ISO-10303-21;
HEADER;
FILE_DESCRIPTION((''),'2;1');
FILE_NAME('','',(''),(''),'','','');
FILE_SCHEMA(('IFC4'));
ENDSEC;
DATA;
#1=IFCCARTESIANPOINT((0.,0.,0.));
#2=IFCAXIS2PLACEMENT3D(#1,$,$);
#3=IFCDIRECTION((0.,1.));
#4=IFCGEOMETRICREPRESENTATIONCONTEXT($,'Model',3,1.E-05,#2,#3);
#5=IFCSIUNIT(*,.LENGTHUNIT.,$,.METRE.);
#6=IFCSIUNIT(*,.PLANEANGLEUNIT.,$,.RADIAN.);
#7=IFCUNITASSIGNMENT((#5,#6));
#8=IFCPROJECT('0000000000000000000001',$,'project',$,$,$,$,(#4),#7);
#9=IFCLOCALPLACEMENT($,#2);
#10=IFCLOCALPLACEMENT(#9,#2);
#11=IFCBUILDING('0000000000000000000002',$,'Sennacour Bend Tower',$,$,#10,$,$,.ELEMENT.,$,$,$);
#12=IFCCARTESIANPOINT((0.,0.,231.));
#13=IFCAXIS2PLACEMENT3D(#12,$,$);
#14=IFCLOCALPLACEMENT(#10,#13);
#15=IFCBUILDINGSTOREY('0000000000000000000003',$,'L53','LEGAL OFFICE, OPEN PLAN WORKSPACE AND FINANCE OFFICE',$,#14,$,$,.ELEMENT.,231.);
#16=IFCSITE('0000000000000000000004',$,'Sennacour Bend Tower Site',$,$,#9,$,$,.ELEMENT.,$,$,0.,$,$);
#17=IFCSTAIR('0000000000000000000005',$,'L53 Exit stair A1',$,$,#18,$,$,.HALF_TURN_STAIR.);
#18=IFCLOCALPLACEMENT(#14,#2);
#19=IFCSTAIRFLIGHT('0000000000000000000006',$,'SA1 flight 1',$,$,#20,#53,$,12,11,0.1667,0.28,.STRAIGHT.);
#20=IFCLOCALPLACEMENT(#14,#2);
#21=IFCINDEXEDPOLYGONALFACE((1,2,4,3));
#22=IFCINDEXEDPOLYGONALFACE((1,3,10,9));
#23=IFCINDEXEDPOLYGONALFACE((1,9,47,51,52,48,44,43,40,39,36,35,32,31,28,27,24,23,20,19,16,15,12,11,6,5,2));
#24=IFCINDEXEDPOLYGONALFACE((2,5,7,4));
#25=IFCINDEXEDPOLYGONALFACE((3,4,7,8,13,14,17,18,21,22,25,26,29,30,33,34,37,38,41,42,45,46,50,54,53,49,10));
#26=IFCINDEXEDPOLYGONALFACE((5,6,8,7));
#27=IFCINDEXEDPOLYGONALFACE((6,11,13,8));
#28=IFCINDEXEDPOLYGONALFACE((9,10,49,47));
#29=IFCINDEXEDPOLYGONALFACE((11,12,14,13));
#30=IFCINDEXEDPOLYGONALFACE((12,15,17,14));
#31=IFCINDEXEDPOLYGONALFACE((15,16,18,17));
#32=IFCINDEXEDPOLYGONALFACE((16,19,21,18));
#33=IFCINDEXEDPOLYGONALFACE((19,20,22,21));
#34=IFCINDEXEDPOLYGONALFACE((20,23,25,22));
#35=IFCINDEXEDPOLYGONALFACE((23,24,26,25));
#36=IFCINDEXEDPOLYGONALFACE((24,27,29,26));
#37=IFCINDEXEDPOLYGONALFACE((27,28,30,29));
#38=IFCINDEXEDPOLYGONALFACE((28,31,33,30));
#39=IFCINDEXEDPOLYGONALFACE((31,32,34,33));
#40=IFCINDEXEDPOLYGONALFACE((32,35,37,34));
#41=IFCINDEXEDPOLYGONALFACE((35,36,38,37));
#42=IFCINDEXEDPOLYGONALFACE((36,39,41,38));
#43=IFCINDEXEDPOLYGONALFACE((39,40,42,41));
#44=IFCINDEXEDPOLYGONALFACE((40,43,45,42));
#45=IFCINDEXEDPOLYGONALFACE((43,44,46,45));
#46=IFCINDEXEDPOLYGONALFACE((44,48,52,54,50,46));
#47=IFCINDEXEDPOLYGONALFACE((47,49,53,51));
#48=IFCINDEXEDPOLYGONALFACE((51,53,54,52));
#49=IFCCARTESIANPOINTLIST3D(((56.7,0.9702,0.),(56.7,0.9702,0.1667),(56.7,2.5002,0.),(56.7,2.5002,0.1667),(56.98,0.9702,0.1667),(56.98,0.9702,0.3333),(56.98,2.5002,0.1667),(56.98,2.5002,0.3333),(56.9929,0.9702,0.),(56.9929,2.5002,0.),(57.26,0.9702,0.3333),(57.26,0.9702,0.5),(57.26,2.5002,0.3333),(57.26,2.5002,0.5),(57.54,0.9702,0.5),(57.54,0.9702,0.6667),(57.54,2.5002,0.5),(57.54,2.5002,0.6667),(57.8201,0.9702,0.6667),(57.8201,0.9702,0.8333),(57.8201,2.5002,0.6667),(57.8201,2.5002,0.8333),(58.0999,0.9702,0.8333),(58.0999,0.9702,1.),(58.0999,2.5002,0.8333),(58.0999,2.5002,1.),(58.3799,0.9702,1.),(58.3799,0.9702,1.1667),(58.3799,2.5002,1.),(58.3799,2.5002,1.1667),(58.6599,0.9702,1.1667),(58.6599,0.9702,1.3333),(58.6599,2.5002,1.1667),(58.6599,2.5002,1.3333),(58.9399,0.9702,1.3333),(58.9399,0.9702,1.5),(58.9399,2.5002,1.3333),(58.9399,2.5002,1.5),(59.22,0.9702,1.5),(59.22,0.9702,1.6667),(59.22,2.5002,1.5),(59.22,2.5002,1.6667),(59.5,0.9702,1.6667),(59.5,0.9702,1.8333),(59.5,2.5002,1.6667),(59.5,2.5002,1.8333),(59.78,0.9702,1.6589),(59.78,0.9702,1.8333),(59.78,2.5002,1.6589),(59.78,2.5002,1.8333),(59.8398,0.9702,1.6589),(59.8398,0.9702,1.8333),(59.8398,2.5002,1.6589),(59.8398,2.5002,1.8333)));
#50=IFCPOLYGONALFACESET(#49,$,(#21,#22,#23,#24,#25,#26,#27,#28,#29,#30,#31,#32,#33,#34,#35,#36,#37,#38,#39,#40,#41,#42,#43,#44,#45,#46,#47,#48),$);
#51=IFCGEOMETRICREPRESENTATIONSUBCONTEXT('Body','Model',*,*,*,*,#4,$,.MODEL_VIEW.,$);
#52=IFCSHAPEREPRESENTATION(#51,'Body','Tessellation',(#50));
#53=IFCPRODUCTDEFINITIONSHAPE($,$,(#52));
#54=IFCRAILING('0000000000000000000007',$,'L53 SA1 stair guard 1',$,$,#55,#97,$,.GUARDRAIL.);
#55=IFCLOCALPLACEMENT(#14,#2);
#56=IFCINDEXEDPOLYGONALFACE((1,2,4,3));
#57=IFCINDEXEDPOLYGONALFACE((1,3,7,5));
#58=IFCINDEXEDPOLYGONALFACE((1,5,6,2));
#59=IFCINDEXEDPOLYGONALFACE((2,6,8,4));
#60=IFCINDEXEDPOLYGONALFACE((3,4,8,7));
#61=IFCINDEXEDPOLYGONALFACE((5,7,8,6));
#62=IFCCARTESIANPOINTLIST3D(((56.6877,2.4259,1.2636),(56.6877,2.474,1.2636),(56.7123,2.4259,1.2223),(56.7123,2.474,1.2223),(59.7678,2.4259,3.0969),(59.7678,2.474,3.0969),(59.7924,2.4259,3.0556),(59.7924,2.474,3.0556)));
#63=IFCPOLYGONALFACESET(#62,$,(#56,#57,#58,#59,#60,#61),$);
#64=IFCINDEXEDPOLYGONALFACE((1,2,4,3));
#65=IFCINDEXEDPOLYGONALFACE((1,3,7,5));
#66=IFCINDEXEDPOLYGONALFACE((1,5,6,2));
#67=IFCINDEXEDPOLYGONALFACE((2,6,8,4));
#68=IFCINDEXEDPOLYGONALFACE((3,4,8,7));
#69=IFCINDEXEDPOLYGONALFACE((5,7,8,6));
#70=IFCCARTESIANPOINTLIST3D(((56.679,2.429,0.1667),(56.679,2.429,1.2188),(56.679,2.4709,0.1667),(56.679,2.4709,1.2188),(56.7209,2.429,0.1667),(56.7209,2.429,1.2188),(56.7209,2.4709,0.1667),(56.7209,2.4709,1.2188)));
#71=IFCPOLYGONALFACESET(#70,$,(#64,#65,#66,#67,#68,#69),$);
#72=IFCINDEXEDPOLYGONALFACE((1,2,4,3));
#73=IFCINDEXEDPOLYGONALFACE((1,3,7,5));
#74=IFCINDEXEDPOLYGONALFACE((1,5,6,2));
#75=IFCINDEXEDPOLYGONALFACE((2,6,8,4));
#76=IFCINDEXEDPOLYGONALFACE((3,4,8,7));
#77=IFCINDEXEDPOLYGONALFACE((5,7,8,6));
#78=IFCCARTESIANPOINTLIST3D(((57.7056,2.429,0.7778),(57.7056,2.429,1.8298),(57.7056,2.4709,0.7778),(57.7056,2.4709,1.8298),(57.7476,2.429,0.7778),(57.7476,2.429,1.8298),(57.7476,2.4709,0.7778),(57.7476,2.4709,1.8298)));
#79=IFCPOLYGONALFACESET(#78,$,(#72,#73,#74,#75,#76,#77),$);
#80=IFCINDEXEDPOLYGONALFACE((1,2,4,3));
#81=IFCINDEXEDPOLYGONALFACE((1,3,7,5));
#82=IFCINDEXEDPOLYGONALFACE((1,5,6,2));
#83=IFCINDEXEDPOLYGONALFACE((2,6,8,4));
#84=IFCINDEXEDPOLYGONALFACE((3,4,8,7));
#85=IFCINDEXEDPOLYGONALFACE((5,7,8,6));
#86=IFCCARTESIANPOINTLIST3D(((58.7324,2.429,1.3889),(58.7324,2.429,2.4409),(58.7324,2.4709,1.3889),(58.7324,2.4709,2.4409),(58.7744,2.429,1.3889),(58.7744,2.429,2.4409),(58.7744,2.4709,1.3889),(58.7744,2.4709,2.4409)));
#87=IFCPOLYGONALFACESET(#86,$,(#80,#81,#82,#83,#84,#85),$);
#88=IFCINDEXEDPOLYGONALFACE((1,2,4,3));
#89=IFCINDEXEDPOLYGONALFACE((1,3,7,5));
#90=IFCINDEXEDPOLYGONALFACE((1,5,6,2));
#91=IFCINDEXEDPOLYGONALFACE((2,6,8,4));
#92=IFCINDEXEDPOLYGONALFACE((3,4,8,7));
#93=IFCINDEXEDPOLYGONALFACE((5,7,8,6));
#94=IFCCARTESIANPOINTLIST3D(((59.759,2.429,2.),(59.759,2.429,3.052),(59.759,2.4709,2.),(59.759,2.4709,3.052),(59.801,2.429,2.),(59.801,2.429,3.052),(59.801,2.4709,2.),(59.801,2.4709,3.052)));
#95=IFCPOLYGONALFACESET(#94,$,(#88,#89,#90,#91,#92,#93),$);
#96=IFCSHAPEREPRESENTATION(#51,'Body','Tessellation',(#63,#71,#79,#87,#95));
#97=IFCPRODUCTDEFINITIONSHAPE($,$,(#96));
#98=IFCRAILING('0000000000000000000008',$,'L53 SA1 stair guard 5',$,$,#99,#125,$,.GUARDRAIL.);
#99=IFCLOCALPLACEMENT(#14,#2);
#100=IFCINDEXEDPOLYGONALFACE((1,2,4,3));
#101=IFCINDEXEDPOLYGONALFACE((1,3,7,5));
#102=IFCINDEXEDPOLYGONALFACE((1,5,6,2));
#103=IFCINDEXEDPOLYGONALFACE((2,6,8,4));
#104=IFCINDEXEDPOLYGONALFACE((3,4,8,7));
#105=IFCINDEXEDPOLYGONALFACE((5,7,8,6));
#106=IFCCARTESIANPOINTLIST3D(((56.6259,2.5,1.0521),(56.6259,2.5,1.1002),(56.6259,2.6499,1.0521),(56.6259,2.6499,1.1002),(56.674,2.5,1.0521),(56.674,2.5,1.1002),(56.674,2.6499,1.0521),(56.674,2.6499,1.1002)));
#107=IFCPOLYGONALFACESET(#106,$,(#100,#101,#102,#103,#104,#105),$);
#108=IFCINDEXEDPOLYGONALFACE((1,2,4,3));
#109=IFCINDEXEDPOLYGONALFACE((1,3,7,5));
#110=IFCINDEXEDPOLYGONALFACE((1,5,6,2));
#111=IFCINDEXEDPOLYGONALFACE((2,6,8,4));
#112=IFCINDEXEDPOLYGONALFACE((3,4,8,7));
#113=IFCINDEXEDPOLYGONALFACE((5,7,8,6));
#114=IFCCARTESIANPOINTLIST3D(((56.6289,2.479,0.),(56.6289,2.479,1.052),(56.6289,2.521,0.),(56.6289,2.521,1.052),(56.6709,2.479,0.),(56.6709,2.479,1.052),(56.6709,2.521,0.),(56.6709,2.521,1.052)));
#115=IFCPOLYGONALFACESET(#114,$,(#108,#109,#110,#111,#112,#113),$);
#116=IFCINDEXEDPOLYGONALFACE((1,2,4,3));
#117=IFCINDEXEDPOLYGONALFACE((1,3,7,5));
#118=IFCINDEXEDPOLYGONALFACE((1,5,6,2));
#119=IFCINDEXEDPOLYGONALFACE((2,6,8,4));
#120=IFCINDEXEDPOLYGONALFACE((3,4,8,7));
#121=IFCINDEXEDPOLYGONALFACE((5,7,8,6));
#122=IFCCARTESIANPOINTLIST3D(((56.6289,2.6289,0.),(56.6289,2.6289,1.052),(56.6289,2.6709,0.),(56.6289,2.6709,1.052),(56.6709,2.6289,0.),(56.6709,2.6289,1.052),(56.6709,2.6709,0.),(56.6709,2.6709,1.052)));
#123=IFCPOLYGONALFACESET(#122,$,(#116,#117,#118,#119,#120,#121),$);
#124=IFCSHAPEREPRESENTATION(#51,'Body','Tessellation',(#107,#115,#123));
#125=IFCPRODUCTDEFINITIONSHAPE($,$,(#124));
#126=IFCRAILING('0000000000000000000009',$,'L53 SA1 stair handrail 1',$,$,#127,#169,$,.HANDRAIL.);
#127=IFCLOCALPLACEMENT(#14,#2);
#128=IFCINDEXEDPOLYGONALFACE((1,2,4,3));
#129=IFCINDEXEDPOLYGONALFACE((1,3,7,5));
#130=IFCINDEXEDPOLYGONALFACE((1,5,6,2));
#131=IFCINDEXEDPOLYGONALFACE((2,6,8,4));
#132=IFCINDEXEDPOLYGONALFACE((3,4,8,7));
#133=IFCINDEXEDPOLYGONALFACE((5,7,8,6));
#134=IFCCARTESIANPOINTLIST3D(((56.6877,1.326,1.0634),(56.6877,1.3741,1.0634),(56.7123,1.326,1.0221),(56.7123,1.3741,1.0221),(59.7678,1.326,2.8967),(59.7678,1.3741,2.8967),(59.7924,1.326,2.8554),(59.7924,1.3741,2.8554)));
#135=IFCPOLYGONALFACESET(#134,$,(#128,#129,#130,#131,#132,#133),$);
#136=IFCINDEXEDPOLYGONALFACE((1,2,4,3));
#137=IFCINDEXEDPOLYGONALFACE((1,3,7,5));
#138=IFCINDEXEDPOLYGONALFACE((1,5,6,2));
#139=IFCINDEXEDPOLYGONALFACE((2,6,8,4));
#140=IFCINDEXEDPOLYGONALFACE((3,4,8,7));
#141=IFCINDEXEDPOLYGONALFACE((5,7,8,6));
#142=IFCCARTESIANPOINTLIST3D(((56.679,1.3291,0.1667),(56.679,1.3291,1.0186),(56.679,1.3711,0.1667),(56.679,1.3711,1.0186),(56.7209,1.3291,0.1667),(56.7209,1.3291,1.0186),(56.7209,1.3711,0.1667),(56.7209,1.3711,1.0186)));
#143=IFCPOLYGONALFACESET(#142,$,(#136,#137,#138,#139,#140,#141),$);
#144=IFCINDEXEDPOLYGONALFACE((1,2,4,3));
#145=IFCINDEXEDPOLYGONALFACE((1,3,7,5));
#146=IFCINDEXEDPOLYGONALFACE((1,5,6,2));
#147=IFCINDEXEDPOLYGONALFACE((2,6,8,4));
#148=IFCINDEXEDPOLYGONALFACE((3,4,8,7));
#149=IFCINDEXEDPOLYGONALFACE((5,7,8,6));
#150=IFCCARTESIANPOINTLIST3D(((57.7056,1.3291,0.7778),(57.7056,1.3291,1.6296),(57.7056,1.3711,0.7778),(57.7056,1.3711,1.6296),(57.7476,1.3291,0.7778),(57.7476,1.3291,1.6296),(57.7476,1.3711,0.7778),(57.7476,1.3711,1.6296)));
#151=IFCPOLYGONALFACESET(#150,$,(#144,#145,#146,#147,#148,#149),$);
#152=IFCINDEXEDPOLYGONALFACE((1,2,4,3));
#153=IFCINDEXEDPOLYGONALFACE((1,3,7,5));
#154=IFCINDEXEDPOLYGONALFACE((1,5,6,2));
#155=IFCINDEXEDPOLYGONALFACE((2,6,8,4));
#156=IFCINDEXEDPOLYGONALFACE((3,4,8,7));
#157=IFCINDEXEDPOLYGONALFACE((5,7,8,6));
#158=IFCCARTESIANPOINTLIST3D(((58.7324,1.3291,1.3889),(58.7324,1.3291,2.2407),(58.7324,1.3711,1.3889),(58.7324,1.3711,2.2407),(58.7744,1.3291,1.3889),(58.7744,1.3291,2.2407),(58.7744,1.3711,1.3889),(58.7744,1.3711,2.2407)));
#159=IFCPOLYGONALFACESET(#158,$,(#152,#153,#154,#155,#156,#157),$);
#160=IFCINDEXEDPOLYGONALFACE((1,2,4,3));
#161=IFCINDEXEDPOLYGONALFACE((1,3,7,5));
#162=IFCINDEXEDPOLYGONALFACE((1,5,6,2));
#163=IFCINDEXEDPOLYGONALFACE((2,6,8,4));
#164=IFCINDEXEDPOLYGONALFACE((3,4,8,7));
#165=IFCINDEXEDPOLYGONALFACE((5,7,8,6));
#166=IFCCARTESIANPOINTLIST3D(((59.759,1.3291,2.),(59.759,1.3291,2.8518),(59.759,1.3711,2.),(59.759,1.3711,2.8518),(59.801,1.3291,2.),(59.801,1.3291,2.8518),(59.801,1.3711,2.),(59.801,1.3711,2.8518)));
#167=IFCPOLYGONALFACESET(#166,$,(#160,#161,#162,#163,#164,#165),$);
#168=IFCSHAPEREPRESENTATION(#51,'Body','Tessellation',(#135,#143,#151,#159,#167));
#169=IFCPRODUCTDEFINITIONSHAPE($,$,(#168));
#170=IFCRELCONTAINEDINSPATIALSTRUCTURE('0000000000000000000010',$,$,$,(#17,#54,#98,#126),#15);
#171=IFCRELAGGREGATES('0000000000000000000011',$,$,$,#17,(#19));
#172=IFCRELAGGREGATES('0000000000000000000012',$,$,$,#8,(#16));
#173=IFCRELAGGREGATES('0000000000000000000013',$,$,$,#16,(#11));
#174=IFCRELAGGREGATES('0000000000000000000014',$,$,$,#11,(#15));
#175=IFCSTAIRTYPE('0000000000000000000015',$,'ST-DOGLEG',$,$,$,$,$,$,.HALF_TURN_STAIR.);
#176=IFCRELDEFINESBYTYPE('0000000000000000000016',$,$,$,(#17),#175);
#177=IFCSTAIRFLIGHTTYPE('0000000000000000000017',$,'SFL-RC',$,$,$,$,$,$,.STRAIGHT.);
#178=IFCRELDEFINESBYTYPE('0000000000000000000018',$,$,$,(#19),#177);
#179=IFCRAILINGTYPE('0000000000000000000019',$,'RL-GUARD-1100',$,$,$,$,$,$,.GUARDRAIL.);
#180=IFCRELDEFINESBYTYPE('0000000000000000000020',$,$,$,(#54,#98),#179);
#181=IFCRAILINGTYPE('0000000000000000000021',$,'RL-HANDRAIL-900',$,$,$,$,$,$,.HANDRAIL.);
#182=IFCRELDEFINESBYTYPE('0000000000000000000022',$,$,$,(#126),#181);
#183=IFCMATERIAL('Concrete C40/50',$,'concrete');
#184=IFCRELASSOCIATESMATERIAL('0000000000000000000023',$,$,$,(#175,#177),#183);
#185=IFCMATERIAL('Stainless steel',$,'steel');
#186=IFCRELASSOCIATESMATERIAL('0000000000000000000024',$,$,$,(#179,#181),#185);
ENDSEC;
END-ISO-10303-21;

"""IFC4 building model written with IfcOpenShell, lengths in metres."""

from ifc_helpers import new_model, si_unit, direction, frame, origin, origin_2d, place, context, subcontext, project, spatial, polyline, rectangle, outline, extrude, material, type_object, element, aggregate, save


model = new_model("IFC4")

# Units and contexts
model_context = context("Model", 3, precision=1e-05, world=origin(), true_north=direction((0.0, 1.0)))
body_context = subcontext(model_context, "Body", "Model", "MODEL_VIEW")
ifc_project = project(units=[si_unit("LENGTHUNIT", "METRE"), si_unit("PLANEANGLEUNIT", "RADIAN")], contexts=[model_context])

# Site, building, storey
site_placement = place(None, origin())
site = spatial("IfcSite", under=ifc_project, at=site_placement, Name="Sennacour Bend Tower Site", CompositionType="ELEMENT", RefElevation=0.0)
building_placement = place(site_placement, origin())
building = spatial("IfcBuilding", under=site, at=building_placement, Name="Sennacour Bend Tower", CompositionType="ELEMENT")
storey_placement = place(building_placement, frame((0.0, 0.0, 231.0)))
storey = spatial("IfcBuildingStorey", under=building, at=storey_placement, Name="L53", Description="LEGAL OFFICE, OPEN PLAN WORKSPACE AND FINANCE OFFICE", CompositionType="ELEMENT", Elevation=231.0)

# Stair, stair flight
ifc_material_1 = material(Name="Concrete C40/50", Category="concrete")
stair_type = type_object("IfcStairType", Name="ST-DOGLEG", PredefinedType="HALF_TURN_STAIR", material=ifc_material_1)
stair_placement = place(storey_placement, origin())
stair = element("IfcStair", 1, at=stair_placement, inside=storey, type_object=stair_type, Name="L53 Exit stair A1", PredefinedType="HALF_TURN_STAIR")
stair_flight_type = type_object("IfcStairFlightType", Name="SFL-RC", PredefinedType="STRAIGHT", material=ifc_material_1)
stair_flight_placement = place(storey_placement, frame((56.7, 1.7351, 0.0), z_axis=(0.0, 0.0, 1.0), x_axis=(1.0, 0.0, 0.0)))
stair_flight = element("IfcStairFlight", 2, at=stair_flight_placement, type_object=stair_flight_type, Name="SA1 flight 1", NumberOfRisers=12, NumberOfTreads=11, PredefinedType="STRAIGHT", RiserHeight=0.1667, TreadLength=0.28, context=body_context, shape_type="SweptSolid", body=[
    extrude(outline(polyline([(0.0, 0.0), (0.0, 0.1667), (0.28, 0.1667), (0.28, 0.3333), (0.5601, 0.3333), (0.5601, 0.5), (0.8401, 0.5), (0.8401, 0.6667), (1.1201, 0.6667), (1.1201, 0.8333), (1.3999, 0.8333), (1.3999, 1.0), (1.6799, 1.0), (1.6799, 1.1667), (1.96, 1.1667), (1.96, 1.3333), (2.24, 1.3333), (2.24, 1.5), (2.52, 1.5), (2.52, 1.6667), (2.8, 1.6667), (2.8, 1.8333), (3.0801, 1.8333), (3.1399, 1.8333), (3.1399, 1.6589), (3.0801, 1.6589), (0.293, 0.0), (0.0, 0.0)])), frame((0.0, 0.7651, 0.0), z_axis=(0.0, -1.0, 0.0), x_axis=(1.0, 0.0, 0.0)), (0.0, 0.0, 1.0), 1.53),
])
aggregate(stair, [stair_flight])

# Railings
ifc_material_2 = material(Name="Stainless steel", Category="steel")
railing_type_1 = type_object("IfcRailingType", Name="RL-GUARD-1100", PredefinedType="GUARDRAIL", material=ifc_material_2)
railing_1_placement = place(storey_placement, frame((56.7, 2.45, 0.1667)))
element("IfcRailing", 3, at=railing_1_placement, inside=storey, type_object=railing_type_1, Name="L53 SA1 stair guard 1", PredefinedType="GUARDRAIL", context=body_context, shape_type="SweptSolid", body=[
    extrude(rectangle(XDim=0.0481, YDim=0.0481, at=origin_2d()), frame((0.0, 0.0, 1.0762), z_axis=(0.859309, 0.0, 0.511458), x_axis=(0.0, 1.0, 0.0)), (0.0, 0.0, 1.0), 3.5845),
    extrude(rectangle(XDim=0.042, YDim=0.042, at=origin_2d()), origin(), (0.0, 0.0, 1.0), 1.052),
    extrude(rectangle(XDim=0.042, YDim=0.042, at=origin_2d()), frame((1.0266, 0.0, 0.6111)), (0.0, 0.0, 1.0), 1.052),
    extrude(rectangle(XDim=0.042, YDim=0.042, at=origin_2d()), frame((2.0535, 0.0, 1.2222)), (0.0, 0.0, 1.0), 1.052),
    extrude(rectangle(XDim=0.042, YDim=0.042, at=origin_2d()), frame((3.0801, 0.0, 1.8333)), (0.0, 0.0, 1.0), 1.052),
])
railing_2_placement = place(storey_placement, frame((56.6499, 2.5, 0.0)))
element("IfcRailing", 4, at=railing_2_placement, inside=storey, type_object=railing_type_1, Name="L53 SA1 stair guard 5", PredefinedType="GUARDRAIL", context=body_context, shape_type="SweptSolid", body=[
    extrude(rectangle(XDim=0.0481, YDim=0.0481, at=origin_2d()), frame((0.0, 0.0, 1.0762), z_axis=(0.0, 1.0, 0.0), x_axis=(-1.0, 0.0, 0.0)), (0.0, 0.0, 1.0), 0.1499),
    extrude(rectangle(XDim=0.042, YDim=0.042, at=origin_2d()), origin(), (0.0, 0.0, 1.0), 1.052),
    extrude(rectangle(XDim=0.042, YDim=0.042, at=origin_2d()), frame((0.0, 0.1499, 0.0)), (0.0, 0.0, 1.0), 1.052),
])
railing_type_2 = type_object("IfcRailingType", Name="RL-HANDRAIL-900", PredefinedType="HANDRAIL", material=ifc_material_2)
railing_3_placement = place(storey_placement, frame((56.7, 1.3501, 0.1667)))
element("IfcRailing", 5, at=railing_3_placement, inside=storey, type_object=railing_type_2, Name="L53 SA1 stair handrail 1", PredefinedType="HANDRAIL", context=body_context, shape_type="SweptSolid", body=[
    extrude(rectangle(XDim=0.0481, YDim=0.0481, at=origin_2d()), frame((0.0, 0.0, 0.876), z_axis=(0.859309, 0.0, 0.511458), x_axis=(0.0, 1.0, 0.0)), (0.0, 0.0, 1.0), 3.5845),
    extrude(rectangle(XDim=0.042, YDim=0.042, at=origin_2d()), origin(), (0.0, 0.0, 1.0), 0.8518),
    extrude(rectangle(XDim=0.042, YDim=0.042, at=origin_2d()), frame((1.0266, 0.0, 0.6111)), (0.0, 0.0, 1.0), 0.8518),
    extrude(rectangle(XDim=0.042, YDim=0.042, at=origin_2d()), frame((2.0535, 0.0, 1.2222)), (0.0, 0.0, 1.0), 0.8518),
    extrude(rectangle(XDim=0.042, YDim=0.042, at=origin_2d()), frame((3.0801, 0.0, 1.8333)), (0.0, 0.0, 1.0), 0.8518),
])

save(model, "model.ifc")
